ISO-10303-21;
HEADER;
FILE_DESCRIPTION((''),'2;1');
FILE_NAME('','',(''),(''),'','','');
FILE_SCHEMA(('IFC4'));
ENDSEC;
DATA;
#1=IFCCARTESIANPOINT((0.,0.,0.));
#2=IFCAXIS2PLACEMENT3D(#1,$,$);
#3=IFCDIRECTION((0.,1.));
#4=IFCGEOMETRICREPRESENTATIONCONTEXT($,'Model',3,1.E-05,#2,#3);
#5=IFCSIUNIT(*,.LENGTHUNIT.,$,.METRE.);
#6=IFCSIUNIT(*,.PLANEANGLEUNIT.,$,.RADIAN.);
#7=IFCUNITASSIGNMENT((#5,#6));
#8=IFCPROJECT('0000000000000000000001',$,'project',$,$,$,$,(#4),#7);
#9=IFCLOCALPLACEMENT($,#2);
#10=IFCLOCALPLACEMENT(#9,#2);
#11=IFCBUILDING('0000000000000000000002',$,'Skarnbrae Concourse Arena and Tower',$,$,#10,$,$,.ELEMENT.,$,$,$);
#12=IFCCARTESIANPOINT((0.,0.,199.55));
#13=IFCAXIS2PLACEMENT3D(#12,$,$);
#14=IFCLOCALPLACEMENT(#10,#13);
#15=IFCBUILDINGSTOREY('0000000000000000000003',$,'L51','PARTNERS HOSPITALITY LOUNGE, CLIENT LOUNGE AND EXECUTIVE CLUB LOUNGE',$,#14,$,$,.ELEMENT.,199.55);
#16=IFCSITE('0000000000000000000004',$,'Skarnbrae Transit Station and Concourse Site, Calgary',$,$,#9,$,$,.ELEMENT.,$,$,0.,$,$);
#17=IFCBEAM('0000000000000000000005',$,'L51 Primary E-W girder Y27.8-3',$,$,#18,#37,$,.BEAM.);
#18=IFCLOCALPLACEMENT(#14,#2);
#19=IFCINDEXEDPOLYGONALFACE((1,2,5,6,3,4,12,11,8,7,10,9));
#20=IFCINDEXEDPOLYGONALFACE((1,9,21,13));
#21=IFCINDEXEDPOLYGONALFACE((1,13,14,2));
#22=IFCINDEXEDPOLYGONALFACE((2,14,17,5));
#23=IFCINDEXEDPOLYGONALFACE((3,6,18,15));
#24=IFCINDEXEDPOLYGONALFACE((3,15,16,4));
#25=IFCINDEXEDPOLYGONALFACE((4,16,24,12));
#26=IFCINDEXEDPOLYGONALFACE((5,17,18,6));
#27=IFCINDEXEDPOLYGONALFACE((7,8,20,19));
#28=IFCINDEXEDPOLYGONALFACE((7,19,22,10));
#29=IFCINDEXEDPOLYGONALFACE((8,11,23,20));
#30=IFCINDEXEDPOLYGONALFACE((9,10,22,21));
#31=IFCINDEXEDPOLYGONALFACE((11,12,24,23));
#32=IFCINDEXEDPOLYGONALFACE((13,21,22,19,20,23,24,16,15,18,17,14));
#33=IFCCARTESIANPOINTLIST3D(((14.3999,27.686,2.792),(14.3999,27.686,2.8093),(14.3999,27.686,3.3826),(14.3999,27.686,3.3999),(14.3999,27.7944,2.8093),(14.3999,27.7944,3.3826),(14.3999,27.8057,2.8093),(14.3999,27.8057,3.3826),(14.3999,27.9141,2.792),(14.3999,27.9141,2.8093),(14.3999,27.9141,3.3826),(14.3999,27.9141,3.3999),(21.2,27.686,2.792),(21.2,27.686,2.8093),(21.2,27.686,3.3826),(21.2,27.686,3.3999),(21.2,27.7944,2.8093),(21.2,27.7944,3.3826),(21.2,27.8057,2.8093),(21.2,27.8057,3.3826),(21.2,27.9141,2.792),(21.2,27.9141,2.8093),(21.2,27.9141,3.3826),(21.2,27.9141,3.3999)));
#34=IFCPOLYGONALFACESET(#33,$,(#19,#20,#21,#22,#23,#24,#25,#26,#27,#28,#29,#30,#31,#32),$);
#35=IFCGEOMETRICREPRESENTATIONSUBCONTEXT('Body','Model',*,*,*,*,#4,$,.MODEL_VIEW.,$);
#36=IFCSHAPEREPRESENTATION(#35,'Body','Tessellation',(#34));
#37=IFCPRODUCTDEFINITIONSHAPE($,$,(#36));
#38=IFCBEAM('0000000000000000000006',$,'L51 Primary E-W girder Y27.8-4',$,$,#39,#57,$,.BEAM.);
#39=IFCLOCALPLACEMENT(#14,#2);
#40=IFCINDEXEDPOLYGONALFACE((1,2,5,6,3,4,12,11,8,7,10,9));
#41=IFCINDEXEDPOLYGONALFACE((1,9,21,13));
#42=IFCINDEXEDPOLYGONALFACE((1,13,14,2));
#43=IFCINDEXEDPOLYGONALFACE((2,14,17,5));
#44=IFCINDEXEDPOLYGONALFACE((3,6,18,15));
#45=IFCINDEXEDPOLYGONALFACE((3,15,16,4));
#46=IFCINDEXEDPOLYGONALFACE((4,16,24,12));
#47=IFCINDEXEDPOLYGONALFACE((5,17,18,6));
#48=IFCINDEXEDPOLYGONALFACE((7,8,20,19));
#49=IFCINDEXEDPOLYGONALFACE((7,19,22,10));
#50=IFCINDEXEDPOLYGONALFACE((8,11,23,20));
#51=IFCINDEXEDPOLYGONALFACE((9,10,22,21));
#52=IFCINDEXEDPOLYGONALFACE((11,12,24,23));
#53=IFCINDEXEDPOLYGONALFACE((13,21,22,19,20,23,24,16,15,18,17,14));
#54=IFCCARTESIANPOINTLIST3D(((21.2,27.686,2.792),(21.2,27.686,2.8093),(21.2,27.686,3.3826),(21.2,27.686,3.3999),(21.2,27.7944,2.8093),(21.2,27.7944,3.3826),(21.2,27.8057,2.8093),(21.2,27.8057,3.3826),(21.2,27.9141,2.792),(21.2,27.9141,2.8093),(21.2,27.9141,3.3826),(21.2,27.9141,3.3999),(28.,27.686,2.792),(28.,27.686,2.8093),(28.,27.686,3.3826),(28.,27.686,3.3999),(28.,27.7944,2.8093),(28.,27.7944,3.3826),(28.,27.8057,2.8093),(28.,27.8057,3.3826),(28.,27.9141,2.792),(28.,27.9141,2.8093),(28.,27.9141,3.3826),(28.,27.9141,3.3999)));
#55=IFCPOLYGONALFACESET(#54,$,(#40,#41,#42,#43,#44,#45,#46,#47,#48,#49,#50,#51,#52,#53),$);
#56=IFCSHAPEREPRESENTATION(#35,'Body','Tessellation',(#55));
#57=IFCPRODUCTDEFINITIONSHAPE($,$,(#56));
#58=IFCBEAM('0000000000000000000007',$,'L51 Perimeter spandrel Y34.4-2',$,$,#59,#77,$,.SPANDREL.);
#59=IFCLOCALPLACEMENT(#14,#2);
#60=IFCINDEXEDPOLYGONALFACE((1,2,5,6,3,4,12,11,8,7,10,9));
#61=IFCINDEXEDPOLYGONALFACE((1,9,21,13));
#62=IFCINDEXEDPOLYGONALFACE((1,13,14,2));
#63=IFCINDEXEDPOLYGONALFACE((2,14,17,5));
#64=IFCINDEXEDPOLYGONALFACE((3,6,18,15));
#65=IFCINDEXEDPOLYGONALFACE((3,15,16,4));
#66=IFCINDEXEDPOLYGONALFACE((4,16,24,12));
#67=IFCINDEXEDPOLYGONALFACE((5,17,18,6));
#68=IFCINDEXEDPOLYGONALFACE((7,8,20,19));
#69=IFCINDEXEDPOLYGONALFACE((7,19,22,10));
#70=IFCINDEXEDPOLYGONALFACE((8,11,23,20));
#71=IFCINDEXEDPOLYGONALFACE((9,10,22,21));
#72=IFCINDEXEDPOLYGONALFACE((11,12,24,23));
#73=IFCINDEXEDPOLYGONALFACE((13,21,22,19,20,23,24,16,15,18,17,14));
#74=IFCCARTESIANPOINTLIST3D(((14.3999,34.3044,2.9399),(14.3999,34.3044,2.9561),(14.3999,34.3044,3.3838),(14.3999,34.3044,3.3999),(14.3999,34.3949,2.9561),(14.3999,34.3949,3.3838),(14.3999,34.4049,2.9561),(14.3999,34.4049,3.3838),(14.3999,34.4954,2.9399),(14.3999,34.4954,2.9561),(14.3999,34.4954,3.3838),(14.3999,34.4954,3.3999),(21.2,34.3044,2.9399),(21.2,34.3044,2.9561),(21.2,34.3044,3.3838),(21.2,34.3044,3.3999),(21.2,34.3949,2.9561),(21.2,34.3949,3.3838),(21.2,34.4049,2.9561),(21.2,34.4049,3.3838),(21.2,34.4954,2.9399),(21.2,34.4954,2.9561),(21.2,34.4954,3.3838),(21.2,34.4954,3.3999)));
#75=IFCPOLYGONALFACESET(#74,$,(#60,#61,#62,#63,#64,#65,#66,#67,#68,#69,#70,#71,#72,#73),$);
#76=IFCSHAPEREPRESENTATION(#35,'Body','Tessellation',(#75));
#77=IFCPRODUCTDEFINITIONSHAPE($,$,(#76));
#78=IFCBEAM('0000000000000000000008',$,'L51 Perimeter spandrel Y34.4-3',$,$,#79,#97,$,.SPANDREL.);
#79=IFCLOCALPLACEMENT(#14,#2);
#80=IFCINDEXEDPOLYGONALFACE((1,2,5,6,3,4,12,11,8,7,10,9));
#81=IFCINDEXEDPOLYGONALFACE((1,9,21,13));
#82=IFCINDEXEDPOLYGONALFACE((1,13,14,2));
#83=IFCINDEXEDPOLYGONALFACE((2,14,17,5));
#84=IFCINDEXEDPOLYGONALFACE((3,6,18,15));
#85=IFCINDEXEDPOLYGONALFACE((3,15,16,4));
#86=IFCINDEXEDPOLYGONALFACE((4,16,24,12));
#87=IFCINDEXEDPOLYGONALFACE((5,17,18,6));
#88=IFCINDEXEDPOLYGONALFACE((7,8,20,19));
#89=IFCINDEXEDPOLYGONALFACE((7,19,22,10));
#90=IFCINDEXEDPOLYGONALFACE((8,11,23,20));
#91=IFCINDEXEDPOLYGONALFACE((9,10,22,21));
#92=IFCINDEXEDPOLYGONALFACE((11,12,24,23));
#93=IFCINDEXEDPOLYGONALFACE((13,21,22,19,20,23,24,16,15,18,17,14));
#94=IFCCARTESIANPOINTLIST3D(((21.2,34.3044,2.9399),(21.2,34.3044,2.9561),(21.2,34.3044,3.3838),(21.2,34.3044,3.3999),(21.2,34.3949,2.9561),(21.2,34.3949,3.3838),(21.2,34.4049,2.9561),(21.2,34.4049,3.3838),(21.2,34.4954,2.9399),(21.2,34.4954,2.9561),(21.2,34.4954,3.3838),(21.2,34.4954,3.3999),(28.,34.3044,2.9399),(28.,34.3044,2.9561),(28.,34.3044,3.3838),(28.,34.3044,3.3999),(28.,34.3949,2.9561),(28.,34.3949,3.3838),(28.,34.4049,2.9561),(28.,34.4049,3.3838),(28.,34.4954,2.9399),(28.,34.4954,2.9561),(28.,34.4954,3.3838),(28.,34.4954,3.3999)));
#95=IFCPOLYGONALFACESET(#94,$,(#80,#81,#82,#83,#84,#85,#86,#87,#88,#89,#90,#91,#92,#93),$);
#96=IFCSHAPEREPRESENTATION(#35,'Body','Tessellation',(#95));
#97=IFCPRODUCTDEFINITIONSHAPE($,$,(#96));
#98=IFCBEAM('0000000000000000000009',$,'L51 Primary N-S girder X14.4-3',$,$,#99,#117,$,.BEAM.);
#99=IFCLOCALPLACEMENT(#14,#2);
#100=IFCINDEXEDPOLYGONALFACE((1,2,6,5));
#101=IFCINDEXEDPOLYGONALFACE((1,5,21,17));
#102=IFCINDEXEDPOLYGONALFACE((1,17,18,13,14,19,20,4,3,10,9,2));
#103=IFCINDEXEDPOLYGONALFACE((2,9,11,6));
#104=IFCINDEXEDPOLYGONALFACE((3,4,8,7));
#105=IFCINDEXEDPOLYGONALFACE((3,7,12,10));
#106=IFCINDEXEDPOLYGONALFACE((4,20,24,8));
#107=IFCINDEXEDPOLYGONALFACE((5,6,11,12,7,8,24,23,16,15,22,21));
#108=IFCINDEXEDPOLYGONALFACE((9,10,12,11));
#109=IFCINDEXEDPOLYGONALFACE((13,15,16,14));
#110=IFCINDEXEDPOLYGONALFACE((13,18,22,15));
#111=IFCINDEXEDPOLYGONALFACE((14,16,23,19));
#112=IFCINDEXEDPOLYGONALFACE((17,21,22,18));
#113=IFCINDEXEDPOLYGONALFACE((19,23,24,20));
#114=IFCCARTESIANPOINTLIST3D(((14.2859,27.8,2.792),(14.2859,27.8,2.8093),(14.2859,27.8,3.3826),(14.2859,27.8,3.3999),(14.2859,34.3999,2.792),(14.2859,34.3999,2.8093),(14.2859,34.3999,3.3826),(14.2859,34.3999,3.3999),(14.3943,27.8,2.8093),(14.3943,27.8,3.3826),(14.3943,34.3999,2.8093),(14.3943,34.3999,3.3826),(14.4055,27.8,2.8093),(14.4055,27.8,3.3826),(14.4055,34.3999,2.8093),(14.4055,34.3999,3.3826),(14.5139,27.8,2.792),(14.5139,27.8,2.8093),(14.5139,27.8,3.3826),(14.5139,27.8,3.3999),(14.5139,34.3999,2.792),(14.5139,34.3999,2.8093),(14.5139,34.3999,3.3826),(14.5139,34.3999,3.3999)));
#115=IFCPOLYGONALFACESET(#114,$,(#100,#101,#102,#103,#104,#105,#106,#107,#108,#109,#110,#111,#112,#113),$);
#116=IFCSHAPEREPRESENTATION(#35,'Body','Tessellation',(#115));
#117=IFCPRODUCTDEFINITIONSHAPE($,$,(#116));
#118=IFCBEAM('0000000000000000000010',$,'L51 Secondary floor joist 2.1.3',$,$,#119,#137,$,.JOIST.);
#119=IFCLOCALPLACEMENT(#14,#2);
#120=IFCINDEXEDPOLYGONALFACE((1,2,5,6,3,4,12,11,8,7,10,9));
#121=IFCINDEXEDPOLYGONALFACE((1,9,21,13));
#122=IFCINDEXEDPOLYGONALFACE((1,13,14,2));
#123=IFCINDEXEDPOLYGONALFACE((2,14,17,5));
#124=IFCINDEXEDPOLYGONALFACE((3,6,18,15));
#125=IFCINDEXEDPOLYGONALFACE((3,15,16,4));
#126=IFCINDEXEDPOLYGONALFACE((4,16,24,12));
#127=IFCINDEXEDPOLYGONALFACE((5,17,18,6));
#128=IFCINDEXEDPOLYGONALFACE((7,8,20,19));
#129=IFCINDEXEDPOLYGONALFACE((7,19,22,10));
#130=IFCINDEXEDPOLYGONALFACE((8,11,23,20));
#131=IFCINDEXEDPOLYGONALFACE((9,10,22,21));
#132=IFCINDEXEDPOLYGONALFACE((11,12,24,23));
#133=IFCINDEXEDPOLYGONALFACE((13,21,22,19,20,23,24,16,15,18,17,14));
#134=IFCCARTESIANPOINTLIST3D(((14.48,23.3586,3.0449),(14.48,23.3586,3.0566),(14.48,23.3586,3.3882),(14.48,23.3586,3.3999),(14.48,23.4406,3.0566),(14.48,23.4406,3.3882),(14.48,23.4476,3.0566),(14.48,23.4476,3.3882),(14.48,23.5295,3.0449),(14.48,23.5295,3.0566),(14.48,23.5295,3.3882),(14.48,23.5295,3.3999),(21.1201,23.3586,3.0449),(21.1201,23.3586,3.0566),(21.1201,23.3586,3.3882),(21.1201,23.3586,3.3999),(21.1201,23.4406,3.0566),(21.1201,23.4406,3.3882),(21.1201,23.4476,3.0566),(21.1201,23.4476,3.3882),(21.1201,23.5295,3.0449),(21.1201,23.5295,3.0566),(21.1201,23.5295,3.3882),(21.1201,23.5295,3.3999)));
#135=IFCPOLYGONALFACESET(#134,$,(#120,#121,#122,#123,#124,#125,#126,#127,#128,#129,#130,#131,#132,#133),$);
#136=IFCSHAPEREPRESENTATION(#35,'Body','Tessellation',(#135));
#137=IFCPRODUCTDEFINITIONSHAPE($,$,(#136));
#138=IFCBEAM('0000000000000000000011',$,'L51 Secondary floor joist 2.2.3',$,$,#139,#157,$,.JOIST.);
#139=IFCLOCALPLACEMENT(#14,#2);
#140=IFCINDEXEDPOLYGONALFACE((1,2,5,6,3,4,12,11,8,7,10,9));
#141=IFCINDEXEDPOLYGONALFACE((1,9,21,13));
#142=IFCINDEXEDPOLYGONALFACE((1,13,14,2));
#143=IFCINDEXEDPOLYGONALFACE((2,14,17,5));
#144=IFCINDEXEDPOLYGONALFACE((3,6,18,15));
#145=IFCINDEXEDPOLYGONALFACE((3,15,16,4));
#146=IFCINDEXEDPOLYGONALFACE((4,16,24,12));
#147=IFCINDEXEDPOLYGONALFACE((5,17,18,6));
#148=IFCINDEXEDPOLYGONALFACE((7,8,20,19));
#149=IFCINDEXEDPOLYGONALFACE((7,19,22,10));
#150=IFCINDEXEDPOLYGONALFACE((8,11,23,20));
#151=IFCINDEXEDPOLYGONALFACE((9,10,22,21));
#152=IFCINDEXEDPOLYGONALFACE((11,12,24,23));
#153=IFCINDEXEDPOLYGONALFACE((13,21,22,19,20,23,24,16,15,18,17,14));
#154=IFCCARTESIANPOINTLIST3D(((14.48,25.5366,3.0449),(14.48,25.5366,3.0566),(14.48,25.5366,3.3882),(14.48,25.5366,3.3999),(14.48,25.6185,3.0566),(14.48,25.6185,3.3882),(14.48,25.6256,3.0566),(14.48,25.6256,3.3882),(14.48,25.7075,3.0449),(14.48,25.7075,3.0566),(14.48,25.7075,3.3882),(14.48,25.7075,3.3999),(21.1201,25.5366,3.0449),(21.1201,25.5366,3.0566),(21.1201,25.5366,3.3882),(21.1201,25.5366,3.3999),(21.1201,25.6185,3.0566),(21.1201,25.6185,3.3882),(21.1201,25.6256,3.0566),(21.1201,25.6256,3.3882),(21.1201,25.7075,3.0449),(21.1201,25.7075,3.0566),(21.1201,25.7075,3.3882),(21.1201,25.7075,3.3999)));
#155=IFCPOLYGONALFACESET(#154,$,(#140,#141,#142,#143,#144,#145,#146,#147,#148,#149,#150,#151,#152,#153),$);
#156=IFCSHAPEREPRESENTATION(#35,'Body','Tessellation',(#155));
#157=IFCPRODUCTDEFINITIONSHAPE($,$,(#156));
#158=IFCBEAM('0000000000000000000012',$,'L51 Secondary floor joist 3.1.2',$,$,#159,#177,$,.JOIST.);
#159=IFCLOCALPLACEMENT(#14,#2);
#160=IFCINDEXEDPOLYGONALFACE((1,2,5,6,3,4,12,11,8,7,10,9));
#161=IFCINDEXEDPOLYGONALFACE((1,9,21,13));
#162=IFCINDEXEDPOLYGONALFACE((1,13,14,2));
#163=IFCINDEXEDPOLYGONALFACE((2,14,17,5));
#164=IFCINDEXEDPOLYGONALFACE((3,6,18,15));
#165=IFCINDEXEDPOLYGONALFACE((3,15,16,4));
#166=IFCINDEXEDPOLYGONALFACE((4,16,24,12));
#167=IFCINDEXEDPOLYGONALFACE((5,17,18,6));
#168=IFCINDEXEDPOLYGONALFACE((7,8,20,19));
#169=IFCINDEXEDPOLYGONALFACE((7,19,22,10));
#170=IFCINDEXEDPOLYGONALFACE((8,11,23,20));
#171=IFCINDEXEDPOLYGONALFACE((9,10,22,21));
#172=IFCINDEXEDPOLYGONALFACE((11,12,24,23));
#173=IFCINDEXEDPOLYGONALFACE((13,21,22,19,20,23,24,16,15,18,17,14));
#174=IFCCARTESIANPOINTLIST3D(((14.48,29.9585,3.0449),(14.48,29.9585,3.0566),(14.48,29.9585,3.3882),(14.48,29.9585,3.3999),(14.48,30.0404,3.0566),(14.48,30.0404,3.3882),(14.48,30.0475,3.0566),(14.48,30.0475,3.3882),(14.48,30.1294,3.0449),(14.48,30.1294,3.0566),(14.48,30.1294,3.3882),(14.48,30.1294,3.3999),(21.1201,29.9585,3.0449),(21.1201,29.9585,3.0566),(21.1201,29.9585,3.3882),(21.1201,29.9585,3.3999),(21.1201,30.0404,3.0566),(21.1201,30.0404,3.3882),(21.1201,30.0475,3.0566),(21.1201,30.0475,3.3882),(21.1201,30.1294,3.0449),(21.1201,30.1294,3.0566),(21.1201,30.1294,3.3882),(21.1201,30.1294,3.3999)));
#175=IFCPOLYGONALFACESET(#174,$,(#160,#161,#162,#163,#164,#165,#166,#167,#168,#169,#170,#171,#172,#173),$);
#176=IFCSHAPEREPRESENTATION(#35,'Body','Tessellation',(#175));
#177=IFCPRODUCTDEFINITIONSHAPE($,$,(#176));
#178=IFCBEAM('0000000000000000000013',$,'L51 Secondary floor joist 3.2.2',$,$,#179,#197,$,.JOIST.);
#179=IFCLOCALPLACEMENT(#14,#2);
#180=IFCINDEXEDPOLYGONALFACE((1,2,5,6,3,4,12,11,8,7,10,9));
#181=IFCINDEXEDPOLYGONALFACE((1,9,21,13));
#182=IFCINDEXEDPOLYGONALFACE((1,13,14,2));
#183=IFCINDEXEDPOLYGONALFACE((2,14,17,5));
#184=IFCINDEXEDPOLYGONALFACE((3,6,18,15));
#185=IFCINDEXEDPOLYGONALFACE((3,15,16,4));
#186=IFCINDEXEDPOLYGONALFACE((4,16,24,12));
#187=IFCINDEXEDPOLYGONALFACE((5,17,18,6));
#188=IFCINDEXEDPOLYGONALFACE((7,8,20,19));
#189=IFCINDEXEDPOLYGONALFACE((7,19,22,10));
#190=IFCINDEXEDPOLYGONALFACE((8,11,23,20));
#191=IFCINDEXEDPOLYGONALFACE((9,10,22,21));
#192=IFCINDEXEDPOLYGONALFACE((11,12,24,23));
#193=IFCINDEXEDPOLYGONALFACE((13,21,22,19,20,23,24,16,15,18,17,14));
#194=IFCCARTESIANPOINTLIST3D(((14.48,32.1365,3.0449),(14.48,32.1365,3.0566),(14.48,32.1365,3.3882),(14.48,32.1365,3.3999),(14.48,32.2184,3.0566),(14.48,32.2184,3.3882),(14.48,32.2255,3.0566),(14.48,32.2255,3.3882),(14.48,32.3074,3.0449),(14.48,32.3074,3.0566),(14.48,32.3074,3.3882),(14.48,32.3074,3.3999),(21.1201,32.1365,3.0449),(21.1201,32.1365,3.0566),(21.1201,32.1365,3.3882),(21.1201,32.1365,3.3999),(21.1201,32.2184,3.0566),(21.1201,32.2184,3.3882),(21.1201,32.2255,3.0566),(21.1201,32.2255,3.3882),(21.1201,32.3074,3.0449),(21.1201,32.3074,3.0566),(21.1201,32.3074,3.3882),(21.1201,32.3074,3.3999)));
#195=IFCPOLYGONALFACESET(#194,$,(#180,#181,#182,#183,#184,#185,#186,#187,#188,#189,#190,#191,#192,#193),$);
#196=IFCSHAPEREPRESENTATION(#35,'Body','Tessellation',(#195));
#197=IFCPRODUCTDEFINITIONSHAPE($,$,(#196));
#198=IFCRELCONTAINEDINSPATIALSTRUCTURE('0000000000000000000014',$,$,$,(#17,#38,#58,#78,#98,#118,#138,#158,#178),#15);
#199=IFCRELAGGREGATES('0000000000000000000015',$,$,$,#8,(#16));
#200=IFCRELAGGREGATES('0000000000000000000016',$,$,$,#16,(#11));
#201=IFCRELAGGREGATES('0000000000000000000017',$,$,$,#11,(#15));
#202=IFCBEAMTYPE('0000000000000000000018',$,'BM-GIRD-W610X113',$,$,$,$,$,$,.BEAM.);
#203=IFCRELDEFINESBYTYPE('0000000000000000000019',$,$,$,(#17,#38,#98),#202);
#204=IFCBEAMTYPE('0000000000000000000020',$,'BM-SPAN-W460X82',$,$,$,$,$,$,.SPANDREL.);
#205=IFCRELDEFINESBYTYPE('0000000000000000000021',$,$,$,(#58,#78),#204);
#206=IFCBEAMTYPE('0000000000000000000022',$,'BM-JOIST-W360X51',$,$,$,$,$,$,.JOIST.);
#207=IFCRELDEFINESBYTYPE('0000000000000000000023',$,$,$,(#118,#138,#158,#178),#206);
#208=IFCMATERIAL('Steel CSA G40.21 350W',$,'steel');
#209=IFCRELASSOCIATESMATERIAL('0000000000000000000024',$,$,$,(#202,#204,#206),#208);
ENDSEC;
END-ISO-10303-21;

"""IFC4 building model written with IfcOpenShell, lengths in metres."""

from ifc_helpers import new_model, si_unit, direction, frame, origin, origin_2d, place, context, subcontext, project, spatial, i_section, extrude, source, transform, mapped, material, material_profile, profile_set, type_object, element, save


model = new_model("IFC4")

# Units and contexts
model_context = context("Model", 3, precision=1e-05, world=origin(), true_north=direction((0.0, 1.0)))
body_context = subcontext(model_context, "Body", "Model", "MODEL_VIEW")
ifc_project = project(units=[si_unit("LENGTHUNIT", "METRE"), si_unit("PLANEANGLEUNIT", "RADIAN")], contexts=[model_context])

# Site, building, storey
site_placement = place(None, origin())
site = spatial("IfcSite", under=ifc_project, at=site_placement, Name="Skarnbrae Transit Station and Concourse Site, Calgary", CompositionType="ELEMENT", RefElevation=0.0)
building_placement = place(site_placement, origin())
building = spatial("IfcBuilding", under=site, at=building_placement, Name="Skarnbrae Concourse Arena and Tower", CompositionType="ELEMENT")
storey_placement = place(building_placement, frame((0.0, 0.0, 199.55)))
storey = spatial("IfcBuildingStorey", under=building, at=storey_placement, Name="L51", Description="PARTNERS HOSPITALITY LOUNGE, CLIENT LOUNGE AND EXECUTIVE CLUB LOUNGE", CompositionType="ELEMENT", Elevation=199.55)

# Shared definitions
ifc_material_1 = material(Name="Steel CSA G40.21 350W", Category="steel")

# Beams
ifc_material_profile_1 = material_profile(ifc_material_1, i_section(OverallWidth=0.228, OverallDepth=0.6079, WebThickness=0.0112, FlangeThickness=0.0173, at=origin_2d()), Name="W610X113")
ifc_profile_set_1 = profile_set([ifc_material_profile_1], Name="Steel CSA G40.21 350W")
beam_type_1 = type_object("IfcBeamType", Name="BM-GIRD-W610X113", PredefinedType="BEAM", material=ifc_profile_set_1)
shared_shape_1 = source(origin(), body_context, "Body", "SweptSolid", [
    extrude(i_section(OverallWidth=0.228, OverallDepth=0.6079, WebThickness=0.0112, FlangeThickness=0.0173, at=origin_2d()), origin(), (0.0, 0.0, 1.0), 6.8),
])
for number, where, z_axis, x_axis, name in (
    (1, (14.3999, 27.8, 3.0959), (1.0, 0.0, 0.0), (0.0, 1.0, 0.0), "L51 Primary E-W girder Y27.8-3"),
    (2, (21.2, 27.8, 3.0959), (1.0, 0.0, 0.0), (0.0, 1.0, 0.0), "L51 Primary E-W girder Y27.8-4"),
):
    element("IfcBeam", number, at=place(storey_placement, frame(where, z_axis=z_axis, x_axis=x_axis)), inside=storey, type_object=beam_type_1, Name=name, PredefinedType="BEAM", context=body_context, shape_type="MappedRepresentation", body=[
        mapped(shared_shape_1, transform((0.0, 0.0, 0.0))),
    ])
ifc_material_profile_2 = material_profile(ifc_material_1, i_section(OverallWidth=0.1909, OverallDepth=0.46, WebThickness=0.01, FlangeThickness=0.0161, at=origin_2d()), Name="W460X82")
ifc_profile_set_2 = profile_set([ifc_material_profile_2], Name="Steel CSA G40.21 350W")
beam_type_2 = type_object("IfcBeamType", Name="BM-SPAN-W460X82", PredefinedType="SPANDREL", material=ifc_profile_set_2)
shared_shape_2 = source(origin(), body_context, "Body", "SweptSolid", [
    extrude(i_section(OverallWidth=0.1909, OverallDepth=0.46, WebThickness=0.01, FlangeThickness=0.0161, at=origin_2d()), origin(), (0.0, 0.0, 1.0), 6.8),
])
for number, where, z_axis, x_axis, name in (
    (3, (14.3999, 34.3999, 3.1699), (1.0, 0.0, 0.0), (0.0, 1.0, 0.0), "L51 Perimeter spandrel Y34.4-2"),
    (4, (21.2, 34.3999, 3.1699), (1.0, 0.0, 0.0), (0.0, 1.0, 0.0), "L51 Perimeter spandrel Y34.4-3"),
):
    element("IfcBeam", number, at=place(storey_placement, frame(where, z_axis=z_axis, x_axis=x_axis)), inside=storey, type_object=beam_type_2, Name=name, PredefinedType="SPANDREL", context=body_context, shape_type="MappedRepresentation", body=[
        mapped(shared_shape_2, transform((0.0, 0.0, 0.0))),
    ])
shared_shape_3 = source(origin(), body_context, "Body", "SweptSolid", [
    extrude(i_section(OverallWidth=0.228, OverallDepth=0.6079, WebThickness=0.0112, FlangeThickness=0.0173, at=origin_2d()), origin(), (0.0, 0.0, 1.0), 6.5999),
])
beam_1_placement = place(storey_placement, frame((14.3999, 27.8, 3.0959), z_axis=(0.0, 1.0, 0.0), x_axis=(-1.0, 0.0, 0.0)))
element("IfcBeam", 5, at=beam_1_placement, inside=storey, type_object=beam_type_1, Name="L51 Primary N-S girder X14.4-3", PredefinedType="BEAM", context=body_context, shape_type="MappedRepresentation", body=[
    mapped(shared_shape_3, transform((0.0, 0.0, 0.0))),
])
ifc_material_profile_3 = material_profile(ifc_material_1, i_section(OverallWidth=0.1709, OverallDepth=0.355, WebThickness=0.0071, FlangeThickness=0.0117, at=origin_2d()), Name="W360X51")
ifc_profile_set_3 = profile_set([ifc_material_profile_3], Name="Steel CSA G40.21 350W")
beam_type_3 = type_object("IfcBeamType", Name="BM-JOIST-W360X51", PredefinedType="JOIST", material=ifc_profile_set_3)
shared_shape_4 = source(origin(), body_context, "Body", "SweptSolid", [
    extrude(i_section(OverallWidth=0.1709, OverallDepth=0.355, WebThickness=0.0071, FlangeThickness=0.0117, at=origin_2d()), origin(), (0.0, 0.0, 1.0), 6.6401),
])
for number, where, z_axis, x_axis, name in (
    (6, (14.48, 23.4441, 3.2224), (1.0, 0.0, 0.0), (0.0, 1.0, 0.0), "L51 Secondary floor joist 2.1.3"),
    (7, (14.48, 25.6221, 3.2224), (1.0, 0.0, 0.0), (0.0, 1.0, 0.0), "L51 Secondary floor joist 2.2.3"),
    (8, (14.48, 30.0439, 3.2224), (1.0, 0.0, 0.0), (0.0, 1.0, 0.0), "L51 Secondary floor joist 3.1.2"),
    (9, (14.48, 32.2219, 3.2224), (1.0, 0.0, 0.0), (0.0, 1.0, 0.0), "L51 Secondary floor joist 3.2.2"),
):
    element("IfcBeam", number, at=place(storey_placement, frame(where, z_axis=z_axis, x_axis=x_axis)), inside=storey, type_object=beam_type_3, Name=name, PredefinedType="JOIST", context=body_context, shape_type="MappedRepresentation", body=[
        mapped(shared_shape_4, transform((0.0, 0.0, 0.0))),
    ])

save(model, "model.ifc")
